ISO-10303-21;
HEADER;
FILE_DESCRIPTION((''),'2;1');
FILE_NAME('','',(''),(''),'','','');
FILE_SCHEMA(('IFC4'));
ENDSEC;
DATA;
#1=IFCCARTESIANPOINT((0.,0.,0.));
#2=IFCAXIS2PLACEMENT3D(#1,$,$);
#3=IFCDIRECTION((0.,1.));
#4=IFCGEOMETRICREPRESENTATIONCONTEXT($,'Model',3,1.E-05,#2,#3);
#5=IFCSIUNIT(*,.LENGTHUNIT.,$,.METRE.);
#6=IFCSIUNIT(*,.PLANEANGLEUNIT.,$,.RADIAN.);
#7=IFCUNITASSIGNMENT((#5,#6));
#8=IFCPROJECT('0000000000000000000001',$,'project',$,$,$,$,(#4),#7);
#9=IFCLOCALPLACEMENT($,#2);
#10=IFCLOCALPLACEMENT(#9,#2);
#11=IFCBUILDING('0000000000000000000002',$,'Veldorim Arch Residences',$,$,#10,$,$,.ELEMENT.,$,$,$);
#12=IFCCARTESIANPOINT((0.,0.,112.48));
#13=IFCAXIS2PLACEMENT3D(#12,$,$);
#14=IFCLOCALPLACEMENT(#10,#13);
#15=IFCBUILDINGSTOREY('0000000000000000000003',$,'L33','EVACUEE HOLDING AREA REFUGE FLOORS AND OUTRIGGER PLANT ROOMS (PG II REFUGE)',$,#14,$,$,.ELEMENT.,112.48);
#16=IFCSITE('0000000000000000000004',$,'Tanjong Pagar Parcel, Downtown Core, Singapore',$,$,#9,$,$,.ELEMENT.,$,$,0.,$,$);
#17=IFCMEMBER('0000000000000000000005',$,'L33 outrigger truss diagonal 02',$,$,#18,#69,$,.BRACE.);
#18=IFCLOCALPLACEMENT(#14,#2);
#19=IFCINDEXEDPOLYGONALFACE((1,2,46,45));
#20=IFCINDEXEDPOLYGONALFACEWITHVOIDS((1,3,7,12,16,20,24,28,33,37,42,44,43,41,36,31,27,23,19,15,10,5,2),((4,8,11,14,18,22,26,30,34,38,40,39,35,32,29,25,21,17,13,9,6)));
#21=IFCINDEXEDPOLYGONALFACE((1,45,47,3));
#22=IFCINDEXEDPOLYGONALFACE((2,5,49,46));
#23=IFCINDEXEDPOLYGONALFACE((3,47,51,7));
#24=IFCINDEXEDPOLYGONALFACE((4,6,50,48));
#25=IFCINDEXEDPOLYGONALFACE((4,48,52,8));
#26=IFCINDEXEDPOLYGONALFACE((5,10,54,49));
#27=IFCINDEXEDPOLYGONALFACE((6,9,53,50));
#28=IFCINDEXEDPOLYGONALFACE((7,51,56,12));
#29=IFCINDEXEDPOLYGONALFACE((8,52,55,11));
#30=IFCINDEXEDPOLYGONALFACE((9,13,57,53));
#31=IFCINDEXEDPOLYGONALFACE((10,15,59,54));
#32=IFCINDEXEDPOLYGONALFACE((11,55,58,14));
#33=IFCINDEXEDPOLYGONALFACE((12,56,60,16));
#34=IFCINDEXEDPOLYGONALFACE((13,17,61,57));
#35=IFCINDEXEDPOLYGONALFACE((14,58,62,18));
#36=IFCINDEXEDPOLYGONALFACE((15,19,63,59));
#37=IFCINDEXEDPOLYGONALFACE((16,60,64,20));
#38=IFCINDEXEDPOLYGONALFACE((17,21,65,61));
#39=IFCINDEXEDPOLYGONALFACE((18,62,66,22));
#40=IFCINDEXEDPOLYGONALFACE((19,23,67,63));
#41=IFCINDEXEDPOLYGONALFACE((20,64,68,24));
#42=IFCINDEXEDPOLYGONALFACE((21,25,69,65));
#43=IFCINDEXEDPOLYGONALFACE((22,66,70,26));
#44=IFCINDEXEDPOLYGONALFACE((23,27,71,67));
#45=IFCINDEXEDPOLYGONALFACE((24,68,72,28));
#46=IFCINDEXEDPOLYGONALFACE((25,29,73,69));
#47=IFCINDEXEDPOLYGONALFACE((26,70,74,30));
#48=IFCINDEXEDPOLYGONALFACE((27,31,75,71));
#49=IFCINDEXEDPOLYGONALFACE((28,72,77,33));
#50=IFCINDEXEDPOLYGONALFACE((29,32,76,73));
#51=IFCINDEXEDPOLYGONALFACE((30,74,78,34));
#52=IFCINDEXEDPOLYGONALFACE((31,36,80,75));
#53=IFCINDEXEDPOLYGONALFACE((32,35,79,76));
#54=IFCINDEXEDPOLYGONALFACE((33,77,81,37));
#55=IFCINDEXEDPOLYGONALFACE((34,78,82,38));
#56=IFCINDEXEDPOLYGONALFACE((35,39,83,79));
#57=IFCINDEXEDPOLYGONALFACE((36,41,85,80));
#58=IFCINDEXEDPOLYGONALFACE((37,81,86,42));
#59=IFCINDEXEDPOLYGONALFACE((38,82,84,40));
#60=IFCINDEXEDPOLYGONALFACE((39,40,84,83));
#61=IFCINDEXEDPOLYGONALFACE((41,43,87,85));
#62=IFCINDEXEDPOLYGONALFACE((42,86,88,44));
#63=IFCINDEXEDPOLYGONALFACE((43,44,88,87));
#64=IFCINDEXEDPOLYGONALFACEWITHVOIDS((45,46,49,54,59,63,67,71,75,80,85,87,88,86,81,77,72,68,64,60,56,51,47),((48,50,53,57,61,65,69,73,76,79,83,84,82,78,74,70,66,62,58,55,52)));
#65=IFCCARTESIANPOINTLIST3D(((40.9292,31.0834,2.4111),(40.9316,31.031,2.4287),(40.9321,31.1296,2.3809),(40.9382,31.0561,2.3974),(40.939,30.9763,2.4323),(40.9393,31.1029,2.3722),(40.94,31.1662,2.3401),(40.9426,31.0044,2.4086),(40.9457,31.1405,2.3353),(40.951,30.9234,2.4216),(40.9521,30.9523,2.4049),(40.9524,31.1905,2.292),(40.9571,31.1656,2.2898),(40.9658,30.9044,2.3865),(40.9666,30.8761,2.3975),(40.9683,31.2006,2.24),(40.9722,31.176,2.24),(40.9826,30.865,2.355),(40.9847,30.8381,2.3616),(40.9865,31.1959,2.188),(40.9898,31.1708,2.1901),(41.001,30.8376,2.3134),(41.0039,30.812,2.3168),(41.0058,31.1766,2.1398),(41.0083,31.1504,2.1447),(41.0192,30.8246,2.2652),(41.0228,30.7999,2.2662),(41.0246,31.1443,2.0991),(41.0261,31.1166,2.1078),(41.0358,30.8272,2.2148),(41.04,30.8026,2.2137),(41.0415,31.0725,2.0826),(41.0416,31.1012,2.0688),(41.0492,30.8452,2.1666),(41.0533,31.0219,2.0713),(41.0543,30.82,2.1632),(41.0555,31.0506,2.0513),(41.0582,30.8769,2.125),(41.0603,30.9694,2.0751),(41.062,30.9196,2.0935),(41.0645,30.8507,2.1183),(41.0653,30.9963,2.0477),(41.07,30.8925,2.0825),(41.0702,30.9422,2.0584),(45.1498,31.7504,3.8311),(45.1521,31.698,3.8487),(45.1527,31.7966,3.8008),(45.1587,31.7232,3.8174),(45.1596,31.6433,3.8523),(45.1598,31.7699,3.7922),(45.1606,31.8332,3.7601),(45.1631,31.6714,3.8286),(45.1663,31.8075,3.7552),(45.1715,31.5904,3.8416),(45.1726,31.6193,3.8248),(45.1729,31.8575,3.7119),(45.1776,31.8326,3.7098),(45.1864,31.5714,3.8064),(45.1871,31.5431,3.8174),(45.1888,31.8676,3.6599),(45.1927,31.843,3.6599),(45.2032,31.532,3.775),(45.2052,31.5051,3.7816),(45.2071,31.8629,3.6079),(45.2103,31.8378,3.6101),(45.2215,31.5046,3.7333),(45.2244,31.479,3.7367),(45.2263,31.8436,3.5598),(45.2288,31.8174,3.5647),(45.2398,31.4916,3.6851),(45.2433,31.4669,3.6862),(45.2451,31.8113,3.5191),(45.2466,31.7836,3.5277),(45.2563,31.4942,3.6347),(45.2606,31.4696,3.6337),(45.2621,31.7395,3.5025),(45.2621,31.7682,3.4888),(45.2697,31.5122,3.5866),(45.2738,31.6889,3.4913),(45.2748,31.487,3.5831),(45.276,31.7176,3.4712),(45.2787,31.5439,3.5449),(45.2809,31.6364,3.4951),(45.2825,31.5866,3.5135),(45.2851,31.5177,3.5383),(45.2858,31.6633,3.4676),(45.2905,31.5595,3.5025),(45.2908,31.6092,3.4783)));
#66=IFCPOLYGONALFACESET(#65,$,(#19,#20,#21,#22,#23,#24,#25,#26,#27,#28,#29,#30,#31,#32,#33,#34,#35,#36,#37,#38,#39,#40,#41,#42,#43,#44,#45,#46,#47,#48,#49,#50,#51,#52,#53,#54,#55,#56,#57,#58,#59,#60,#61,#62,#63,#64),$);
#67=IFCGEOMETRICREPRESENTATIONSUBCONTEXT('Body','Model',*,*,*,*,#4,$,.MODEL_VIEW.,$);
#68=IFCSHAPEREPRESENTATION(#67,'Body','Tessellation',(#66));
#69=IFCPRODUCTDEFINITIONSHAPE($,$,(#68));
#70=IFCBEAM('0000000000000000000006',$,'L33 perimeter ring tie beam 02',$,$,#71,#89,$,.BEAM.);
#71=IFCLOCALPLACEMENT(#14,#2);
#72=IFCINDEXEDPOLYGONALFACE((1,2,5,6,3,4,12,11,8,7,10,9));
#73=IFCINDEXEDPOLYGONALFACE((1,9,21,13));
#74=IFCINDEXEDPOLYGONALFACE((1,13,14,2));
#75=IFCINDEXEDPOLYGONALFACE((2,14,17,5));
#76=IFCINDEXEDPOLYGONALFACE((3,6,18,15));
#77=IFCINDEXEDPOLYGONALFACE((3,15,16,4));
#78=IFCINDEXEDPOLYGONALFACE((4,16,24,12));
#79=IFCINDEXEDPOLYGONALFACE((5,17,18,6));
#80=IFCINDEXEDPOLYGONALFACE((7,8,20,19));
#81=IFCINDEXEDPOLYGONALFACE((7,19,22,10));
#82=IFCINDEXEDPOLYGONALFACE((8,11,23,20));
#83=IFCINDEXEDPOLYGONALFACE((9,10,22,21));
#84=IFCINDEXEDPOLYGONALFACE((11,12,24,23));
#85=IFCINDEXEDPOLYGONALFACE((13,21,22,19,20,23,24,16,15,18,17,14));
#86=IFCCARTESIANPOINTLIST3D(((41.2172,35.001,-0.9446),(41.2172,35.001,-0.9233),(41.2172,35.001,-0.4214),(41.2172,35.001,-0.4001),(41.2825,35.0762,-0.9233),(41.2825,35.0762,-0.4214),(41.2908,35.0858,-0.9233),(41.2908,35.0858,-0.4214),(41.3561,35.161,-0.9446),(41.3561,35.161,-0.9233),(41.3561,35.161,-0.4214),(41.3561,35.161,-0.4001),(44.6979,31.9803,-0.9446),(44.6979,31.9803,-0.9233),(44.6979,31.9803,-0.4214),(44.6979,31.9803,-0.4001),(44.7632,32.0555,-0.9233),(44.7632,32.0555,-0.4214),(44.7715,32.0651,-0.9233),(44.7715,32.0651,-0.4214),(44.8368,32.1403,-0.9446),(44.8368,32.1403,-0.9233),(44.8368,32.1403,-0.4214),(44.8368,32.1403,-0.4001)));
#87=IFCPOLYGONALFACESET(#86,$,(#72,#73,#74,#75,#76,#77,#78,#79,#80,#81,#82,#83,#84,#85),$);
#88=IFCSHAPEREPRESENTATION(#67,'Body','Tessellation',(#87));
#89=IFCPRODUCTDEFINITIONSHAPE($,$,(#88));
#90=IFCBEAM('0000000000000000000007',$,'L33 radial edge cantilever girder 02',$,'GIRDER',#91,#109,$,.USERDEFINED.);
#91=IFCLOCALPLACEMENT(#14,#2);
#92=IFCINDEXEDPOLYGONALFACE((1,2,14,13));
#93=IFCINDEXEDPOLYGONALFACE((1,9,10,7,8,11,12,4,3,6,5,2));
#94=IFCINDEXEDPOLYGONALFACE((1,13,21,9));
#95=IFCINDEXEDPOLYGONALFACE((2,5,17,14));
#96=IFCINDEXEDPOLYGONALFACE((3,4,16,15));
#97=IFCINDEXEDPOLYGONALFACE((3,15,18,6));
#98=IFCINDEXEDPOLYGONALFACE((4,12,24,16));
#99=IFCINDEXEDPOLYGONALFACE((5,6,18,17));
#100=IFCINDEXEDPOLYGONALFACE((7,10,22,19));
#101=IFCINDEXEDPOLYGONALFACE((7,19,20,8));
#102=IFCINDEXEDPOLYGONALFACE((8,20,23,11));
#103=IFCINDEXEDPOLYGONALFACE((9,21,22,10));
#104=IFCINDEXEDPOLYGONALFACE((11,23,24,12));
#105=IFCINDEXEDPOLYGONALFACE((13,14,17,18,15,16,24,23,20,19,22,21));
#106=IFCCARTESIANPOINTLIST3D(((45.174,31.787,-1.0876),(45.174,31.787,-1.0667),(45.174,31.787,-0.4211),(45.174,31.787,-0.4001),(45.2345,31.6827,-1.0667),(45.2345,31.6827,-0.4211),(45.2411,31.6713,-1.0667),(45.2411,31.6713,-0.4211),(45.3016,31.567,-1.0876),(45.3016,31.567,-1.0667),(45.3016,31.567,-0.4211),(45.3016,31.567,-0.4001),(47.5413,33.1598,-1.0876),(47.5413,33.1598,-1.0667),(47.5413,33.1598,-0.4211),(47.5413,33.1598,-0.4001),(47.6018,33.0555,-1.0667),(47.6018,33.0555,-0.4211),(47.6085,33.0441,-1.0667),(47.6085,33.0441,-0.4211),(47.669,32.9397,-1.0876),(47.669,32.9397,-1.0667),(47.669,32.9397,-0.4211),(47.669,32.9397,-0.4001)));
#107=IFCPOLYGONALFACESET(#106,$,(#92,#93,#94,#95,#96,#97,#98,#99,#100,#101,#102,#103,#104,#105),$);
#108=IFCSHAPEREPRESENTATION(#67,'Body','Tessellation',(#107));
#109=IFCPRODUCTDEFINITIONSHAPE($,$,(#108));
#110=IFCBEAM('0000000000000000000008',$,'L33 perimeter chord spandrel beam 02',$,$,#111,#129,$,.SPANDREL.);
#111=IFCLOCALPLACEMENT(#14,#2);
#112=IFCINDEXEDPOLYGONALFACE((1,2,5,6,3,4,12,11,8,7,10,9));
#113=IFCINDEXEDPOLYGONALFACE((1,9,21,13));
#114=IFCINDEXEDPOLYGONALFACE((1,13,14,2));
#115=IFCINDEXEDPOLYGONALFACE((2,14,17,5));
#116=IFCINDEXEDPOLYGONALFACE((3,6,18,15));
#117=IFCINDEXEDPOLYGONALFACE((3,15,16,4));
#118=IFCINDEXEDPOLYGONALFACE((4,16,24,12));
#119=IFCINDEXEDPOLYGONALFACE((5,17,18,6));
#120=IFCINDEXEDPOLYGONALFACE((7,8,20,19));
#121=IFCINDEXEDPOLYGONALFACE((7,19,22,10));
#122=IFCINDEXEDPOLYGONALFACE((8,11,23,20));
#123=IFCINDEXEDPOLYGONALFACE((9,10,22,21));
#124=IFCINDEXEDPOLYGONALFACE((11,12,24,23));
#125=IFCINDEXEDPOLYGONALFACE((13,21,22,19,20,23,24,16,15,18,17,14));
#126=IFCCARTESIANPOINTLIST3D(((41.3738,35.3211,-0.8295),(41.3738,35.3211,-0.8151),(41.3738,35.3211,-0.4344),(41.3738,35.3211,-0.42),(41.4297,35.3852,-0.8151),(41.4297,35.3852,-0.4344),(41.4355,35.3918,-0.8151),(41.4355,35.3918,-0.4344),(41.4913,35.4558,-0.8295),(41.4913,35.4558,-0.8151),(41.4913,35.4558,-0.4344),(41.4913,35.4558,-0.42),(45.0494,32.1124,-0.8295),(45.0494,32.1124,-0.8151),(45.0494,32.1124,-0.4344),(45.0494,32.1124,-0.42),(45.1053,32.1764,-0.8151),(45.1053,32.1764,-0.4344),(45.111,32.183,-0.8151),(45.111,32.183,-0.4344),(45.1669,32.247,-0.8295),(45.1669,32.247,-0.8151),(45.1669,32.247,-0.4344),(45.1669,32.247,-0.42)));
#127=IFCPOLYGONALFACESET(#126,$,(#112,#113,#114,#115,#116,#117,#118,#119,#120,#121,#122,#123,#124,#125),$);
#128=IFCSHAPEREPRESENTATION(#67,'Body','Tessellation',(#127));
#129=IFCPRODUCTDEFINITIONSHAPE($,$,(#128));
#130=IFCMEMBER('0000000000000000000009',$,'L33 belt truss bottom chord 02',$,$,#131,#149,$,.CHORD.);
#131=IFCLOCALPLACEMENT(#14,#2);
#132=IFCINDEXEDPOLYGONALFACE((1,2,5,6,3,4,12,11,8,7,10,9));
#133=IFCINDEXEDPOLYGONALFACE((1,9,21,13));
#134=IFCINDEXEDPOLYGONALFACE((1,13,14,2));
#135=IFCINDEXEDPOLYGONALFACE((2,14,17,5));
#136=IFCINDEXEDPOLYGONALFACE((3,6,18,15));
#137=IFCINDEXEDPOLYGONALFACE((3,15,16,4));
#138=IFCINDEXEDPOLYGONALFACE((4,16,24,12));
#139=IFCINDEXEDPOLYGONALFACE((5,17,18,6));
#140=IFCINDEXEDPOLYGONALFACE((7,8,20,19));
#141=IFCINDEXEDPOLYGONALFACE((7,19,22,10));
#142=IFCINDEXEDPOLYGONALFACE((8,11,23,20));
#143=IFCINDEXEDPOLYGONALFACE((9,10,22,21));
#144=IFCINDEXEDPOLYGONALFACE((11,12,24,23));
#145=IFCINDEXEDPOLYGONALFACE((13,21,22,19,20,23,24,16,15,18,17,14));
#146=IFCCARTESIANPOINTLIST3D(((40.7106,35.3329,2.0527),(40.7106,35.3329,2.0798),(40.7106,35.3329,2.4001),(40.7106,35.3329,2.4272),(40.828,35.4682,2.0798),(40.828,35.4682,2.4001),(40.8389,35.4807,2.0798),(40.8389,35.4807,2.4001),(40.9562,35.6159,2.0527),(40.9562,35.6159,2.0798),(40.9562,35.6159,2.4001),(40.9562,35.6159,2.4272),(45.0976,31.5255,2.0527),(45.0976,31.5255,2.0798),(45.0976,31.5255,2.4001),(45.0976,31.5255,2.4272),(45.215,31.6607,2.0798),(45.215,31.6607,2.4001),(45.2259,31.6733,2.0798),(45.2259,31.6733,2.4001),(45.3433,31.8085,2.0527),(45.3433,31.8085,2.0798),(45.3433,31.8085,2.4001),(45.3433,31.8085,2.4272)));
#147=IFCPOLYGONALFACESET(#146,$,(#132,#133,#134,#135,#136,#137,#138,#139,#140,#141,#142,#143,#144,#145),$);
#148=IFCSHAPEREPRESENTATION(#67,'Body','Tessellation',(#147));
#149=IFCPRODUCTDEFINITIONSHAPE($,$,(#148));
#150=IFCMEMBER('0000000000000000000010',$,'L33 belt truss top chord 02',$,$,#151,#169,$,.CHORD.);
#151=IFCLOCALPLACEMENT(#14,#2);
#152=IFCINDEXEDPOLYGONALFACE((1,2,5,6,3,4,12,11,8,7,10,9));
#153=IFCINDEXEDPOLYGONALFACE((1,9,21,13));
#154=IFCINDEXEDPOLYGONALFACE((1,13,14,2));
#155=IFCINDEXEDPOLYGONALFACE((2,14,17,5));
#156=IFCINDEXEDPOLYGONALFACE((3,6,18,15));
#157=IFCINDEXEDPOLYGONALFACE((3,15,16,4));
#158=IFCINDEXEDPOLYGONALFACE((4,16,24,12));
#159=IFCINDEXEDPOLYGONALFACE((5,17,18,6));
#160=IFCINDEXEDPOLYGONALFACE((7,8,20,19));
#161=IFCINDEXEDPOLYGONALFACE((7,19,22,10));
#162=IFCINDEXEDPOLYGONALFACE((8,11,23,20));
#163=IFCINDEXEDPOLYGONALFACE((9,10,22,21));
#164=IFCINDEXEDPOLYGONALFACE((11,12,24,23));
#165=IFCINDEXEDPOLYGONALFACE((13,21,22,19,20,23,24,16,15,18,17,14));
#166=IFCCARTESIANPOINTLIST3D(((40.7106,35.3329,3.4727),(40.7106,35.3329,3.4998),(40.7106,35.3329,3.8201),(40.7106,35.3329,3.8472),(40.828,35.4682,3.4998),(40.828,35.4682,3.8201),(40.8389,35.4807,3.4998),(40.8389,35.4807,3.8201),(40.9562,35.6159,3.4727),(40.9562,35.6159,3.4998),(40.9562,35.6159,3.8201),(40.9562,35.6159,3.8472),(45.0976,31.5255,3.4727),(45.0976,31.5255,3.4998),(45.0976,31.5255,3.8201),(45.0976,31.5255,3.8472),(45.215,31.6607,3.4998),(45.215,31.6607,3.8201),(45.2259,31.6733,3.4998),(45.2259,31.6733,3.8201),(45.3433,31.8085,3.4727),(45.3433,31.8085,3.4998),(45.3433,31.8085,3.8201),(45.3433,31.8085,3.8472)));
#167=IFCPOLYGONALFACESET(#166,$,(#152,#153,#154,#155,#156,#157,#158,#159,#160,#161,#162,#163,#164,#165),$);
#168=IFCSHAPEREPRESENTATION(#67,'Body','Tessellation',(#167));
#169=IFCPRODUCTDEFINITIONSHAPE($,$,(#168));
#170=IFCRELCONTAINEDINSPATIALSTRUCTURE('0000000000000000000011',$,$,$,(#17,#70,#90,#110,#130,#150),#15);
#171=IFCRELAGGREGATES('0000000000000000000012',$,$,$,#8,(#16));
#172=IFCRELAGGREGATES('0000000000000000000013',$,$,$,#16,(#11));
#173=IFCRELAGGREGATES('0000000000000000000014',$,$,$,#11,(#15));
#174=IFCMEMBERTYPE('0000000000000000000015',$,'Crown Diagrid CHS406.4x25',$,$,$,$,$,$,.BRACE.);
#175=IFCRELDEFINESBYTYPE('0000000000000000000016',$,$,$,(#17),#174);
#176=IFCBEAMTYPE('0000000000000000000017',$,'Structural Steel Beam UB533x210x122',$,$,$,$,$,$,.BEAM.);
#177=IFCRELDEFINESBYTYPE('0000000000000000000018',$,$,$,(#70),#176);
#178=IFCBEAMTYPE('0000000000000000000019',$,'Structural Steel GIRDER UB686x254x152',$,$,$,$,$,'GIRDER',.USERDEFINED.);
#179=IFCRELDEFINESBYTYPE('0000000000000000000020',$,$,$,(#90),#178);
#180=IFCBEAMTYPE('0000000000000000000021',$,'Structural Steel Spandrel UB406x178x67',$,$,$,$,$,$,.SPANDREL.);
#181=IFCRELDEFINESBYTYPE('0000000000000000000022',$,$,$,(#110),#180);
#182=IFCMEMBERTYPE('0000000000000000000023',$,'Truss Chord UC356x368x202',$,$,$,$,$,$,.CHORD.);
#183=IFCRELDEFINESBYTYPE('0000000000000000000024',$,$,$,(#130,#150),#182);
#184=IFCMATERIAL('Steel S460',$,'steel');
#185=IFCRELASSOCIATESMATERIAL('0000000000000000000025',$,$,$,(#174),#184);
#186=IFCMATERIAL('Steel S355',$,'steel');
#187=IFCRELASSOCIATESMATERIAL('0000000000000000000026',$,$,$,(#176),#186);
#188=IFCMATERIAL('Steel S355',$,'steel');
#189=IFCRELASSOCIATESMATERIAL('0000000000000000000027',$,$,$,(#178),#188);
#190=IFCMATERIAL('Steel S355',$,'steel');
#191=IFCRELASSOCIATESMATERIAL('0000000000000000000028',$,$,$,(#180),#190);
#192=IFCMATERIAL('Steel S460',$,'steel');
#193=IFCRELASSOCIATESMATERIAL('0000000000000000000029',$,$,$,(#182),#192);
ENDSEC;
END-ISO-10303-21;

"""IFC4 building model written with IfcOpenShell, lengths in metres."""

from ifc_helpers import new_model, si_unit, direction, frame, origin, origin_2d, place, context, subcontext, project, spatial, hollow_circle, i_section, extrude, material, material_profile, profile_set, type_object, element, save


model = new_model("IFC4")

# Units and contexts
model_context = context("Model", 3, precision=1e-05, world=origin(), true_north=direction((0.0, 1.0)))
body_context = subcontext(model_context, "Body", "Model", "MODEL_VIEW")
ifc_project = project(units=[si_unit("LENGTHUNIT", "METRE"), si_unit("PLANEANGLEUNIT", "RADIAN")], contexts=[model_context])

# Site, building, storey
site_placement = place(None, origin())
site = spatial("IfcSite", under=ifc_project, at=site_placement, Name="Tanjong Pagar Parcel, Downtown Core, Singapore", CompositionType="ELEMENT", RefElevation=0.0)
building_placement = place(site_placement, origin())
building = spatial("IfcBuilding", under=site, at=building_placement, Name="Veldorim Arch Residences", CompositionType="ELEMENT")
storey_placement = place(building_placement, frame((0.0, 0.0, 112.48)))
storey = spatial("IfcBuildingStorey", under=building, at=storey_placement, Name="L33", Description="EVACUEE HOLDING AREA REFUGE FLOORS AND OUTRIGGER PLANT ROOMS (PG II REFUGE)", CompositionType="ELEMENT", Elevation=112.48)

# Member
ifc_material_1 = material(Name="Steel S460", Category="steel")
ifc_material_profile_1 = material_profile(ifc_material_1, hollow_circle(Radius=0.2031, WallThickness=0.0249, at=origin_2d()), Name="CHS406.4x25")
ifc_profile_set_1 = profile_set([ifc_material_profile_1], Name="Steel S460")
member_type_1 = type_object("IfcMemberType", Name="Crown Diagrid CHS406.4x25", PredefinedType="BRACE", material=ifc_profile_set_1)
member_1_placement = place(storey_placement, frame((41.0, 31.0, 2.24), z_axis=(0.93734, 0.148135, 0.315357), x_axis=(-0.1561, 0.987741, 0.0)))
element("IfcMember", 1, at=member_1_placement, inside=storey, type_object=member_type_1, Name="L33 outrigger truss diagonal 02", PredefinedType="BRACE", context=body_context, shape_type="SweptSolid", body=[
    extrude(hollow_circle(Radius=0.2031, WallThickness=0.0249, at=origin_2d()), origin(), (0.0, 0.0, 1.0), 4.5027),
])

# Beams
ifc_material_2 = material(Name="Steel S355", Category="steel")
ifc_material_profile_2 = material_profile(ifc_material_2, i_section(OverallWidth=0.2119, OverallDepth=0.5444, WebThickness=0.0127, FlangeThickness=0.0212, at=origin_2d()), Name="UB533x210x122")
ifc_profile_set_2 = profile_set([ifc_material_profile_2], Name="Steel S355")
beam_type_1 = type_object("IfcBeamType", Name="Structural Steel Beam UB533x210x122", PredefinedType="BEAM", material=ifc_profile_set_2)
beam_1_placement = place(storey_placement, frame((44.7673, 32.0603, -0.6724), z_axis=(-0.755245, 0.655443, 0.0), x_axis=(-0.655443, -0.755245, 0.0)))
element("IfcBeam", 2, at=beam_1_placement, inside=storey, type_object=beam_type_1, Name="L33 perimeter ring tie beam 02", PredefinedType="BEAM", context=body_context, shape_type="SweptSolid", body=[
    extrude(i_section(OverallWidth=0.2119, OverallDepth=0.5444, WebThickness=0.0127, FlangeThickness=0.0212, at=origin_2d()), origin(), (0.0, 0.0, 1.0), 4.6086),
])
ifc_material_3 = material(Name="Steel S355", Category="steel")
ifc_material_profile_3 = material_profile(ifc_material_3, i_section(OverallWidth=0.2544, OverallDepth=0.6875, WebThickness=0.0132, FlangeThickness=0.021, at=origin_2d()), Name="UB686x254x152")
ifc_profile_set_3 = profile_set([ifc_material_profile_3], Name="Steel S355")
beam_type_2 = type_object("IfcBeamType", Name="Structural Steel GIRDER UB686x254x152", ElementType="GIRDER", PredefinedType="USERDEFINED", material=ifc_profile_set_3)
beam_2_placement = place(storey_placement, frame((45.2378, 31.677, -0.7439), z_axis=(0.86508, 0.501634, 0.0), x_axis=(-0.501634, 0.86508, 0.0)))
element("IfcBeam", 3, at=beam_2_placement, inside=storey, type_object=beam_type_2, Name="L33 radial edge cantilever girder 02", ObjectType="GIRDER", PredefinedType="USERDEFINED", context=body_context, shape_type="SweptSolid", body=[
    extrude(i_section(OverallWidth=0.2544, OverallDepth=0.6875, WebThickness=0.0132, FlangeThickness=0.021, at=origin_2d()), origin(), (0.0, 0.0, 1.0), 2.7366),
])
ifc_material_4 = material(Name="Steel S355", Category="steel")
ifc_material_profile_4 = material_profile(ifc_material_4, i_section(OverallWidth=0.1787, OverallDepth=0.4094, WebThickness=0.0088, FlangeThickness=0.0144, at=origin_2d()), Name="UB406x178x67")
ifc_profile_set_4 = profile_set([ifc_material_profile_4], Name="Steel S355")
beam_type_3 = type_object("IfcBeamType", Name="Structural Steel Spandrel UB406x178x67", PredefinedType="SPANDREL", material=ifc_profile_set_4)
beam_3_placement = place(storey_placement, frame((45.1082, 32.1797, -0.6248), z_axis=(-0.753323, 0.65765, 0.0), x_axis=(-0.65765, -0.753323, 0.0)))
element("IfcBeam", 4, at=beam_3_placement, inside=storey, type_object=beam_type_3, Name="L33 perimeter chord spandrel beam 02", PredefinedType="SPANDREL", context=body_context, shape_type="SweptSolid", body=[
    extrude(i_section(OverallWidth=0.1787, OverallDepth=0.4094, WebThickness=0.0088, FlangeThickness=0.0144, at=origin_2d()), origin(), (0.0, 0.0, 1.0), 4.8792),
])

# Members
ifc_material_5 = material(Name="Steel S460", Category="steel")
ifc_material_profile_5 = material_profile(ifc_material_5, i_section(OverallWidth=0.3748, OverallDepth=0.3745, WebThickness=0.0166, FlangeThickness=0.0271, at=origin_2d()), Name="UC356x368x202")
ifc_profile_set_5 = profile_set([ifc_material_profile_5], Name="Steel S460")
member_type_2 = type_object("IfcMemberType", Name="Truss Chord UC356x368x202", PredefinedType="CHORD", material=ifc_profile_set_5)
for number, where, z_axis, x_axis, name in (
    (5, (45.2205, 31.667, 2.24), (-0.755234, 0.655455, 0.0), (-0.655455, -0.755234, 0.0), "L33 belt truss bottom chord 02"),
    (6, (45.2205, 31.667, 3.6599), (-0.755234, 0.655455, 0.0), (-0.655455, -0.755234, 0.0), "L33 belt truss top chord 02"),
):
    element("IfcMember", number, at=place(storey_placement, frame(where, z_axis=z_axis, x_axis=x_axis)), inside=storey, type_object=member_type_2, Name=name, PredefinedType="CHORD", context=body_context, shape_type="SweptSolid", body=[
        extrude(i_section(OverallWidth=0.3748, OverallDepth=0.3745, WebThickness=0.0166, FlangeThickness=0.0271, at=origin_2d()), origin(), (0.0, 0.0, 1.0), 5.8088),
    ])

save(model, "model.ifc")
